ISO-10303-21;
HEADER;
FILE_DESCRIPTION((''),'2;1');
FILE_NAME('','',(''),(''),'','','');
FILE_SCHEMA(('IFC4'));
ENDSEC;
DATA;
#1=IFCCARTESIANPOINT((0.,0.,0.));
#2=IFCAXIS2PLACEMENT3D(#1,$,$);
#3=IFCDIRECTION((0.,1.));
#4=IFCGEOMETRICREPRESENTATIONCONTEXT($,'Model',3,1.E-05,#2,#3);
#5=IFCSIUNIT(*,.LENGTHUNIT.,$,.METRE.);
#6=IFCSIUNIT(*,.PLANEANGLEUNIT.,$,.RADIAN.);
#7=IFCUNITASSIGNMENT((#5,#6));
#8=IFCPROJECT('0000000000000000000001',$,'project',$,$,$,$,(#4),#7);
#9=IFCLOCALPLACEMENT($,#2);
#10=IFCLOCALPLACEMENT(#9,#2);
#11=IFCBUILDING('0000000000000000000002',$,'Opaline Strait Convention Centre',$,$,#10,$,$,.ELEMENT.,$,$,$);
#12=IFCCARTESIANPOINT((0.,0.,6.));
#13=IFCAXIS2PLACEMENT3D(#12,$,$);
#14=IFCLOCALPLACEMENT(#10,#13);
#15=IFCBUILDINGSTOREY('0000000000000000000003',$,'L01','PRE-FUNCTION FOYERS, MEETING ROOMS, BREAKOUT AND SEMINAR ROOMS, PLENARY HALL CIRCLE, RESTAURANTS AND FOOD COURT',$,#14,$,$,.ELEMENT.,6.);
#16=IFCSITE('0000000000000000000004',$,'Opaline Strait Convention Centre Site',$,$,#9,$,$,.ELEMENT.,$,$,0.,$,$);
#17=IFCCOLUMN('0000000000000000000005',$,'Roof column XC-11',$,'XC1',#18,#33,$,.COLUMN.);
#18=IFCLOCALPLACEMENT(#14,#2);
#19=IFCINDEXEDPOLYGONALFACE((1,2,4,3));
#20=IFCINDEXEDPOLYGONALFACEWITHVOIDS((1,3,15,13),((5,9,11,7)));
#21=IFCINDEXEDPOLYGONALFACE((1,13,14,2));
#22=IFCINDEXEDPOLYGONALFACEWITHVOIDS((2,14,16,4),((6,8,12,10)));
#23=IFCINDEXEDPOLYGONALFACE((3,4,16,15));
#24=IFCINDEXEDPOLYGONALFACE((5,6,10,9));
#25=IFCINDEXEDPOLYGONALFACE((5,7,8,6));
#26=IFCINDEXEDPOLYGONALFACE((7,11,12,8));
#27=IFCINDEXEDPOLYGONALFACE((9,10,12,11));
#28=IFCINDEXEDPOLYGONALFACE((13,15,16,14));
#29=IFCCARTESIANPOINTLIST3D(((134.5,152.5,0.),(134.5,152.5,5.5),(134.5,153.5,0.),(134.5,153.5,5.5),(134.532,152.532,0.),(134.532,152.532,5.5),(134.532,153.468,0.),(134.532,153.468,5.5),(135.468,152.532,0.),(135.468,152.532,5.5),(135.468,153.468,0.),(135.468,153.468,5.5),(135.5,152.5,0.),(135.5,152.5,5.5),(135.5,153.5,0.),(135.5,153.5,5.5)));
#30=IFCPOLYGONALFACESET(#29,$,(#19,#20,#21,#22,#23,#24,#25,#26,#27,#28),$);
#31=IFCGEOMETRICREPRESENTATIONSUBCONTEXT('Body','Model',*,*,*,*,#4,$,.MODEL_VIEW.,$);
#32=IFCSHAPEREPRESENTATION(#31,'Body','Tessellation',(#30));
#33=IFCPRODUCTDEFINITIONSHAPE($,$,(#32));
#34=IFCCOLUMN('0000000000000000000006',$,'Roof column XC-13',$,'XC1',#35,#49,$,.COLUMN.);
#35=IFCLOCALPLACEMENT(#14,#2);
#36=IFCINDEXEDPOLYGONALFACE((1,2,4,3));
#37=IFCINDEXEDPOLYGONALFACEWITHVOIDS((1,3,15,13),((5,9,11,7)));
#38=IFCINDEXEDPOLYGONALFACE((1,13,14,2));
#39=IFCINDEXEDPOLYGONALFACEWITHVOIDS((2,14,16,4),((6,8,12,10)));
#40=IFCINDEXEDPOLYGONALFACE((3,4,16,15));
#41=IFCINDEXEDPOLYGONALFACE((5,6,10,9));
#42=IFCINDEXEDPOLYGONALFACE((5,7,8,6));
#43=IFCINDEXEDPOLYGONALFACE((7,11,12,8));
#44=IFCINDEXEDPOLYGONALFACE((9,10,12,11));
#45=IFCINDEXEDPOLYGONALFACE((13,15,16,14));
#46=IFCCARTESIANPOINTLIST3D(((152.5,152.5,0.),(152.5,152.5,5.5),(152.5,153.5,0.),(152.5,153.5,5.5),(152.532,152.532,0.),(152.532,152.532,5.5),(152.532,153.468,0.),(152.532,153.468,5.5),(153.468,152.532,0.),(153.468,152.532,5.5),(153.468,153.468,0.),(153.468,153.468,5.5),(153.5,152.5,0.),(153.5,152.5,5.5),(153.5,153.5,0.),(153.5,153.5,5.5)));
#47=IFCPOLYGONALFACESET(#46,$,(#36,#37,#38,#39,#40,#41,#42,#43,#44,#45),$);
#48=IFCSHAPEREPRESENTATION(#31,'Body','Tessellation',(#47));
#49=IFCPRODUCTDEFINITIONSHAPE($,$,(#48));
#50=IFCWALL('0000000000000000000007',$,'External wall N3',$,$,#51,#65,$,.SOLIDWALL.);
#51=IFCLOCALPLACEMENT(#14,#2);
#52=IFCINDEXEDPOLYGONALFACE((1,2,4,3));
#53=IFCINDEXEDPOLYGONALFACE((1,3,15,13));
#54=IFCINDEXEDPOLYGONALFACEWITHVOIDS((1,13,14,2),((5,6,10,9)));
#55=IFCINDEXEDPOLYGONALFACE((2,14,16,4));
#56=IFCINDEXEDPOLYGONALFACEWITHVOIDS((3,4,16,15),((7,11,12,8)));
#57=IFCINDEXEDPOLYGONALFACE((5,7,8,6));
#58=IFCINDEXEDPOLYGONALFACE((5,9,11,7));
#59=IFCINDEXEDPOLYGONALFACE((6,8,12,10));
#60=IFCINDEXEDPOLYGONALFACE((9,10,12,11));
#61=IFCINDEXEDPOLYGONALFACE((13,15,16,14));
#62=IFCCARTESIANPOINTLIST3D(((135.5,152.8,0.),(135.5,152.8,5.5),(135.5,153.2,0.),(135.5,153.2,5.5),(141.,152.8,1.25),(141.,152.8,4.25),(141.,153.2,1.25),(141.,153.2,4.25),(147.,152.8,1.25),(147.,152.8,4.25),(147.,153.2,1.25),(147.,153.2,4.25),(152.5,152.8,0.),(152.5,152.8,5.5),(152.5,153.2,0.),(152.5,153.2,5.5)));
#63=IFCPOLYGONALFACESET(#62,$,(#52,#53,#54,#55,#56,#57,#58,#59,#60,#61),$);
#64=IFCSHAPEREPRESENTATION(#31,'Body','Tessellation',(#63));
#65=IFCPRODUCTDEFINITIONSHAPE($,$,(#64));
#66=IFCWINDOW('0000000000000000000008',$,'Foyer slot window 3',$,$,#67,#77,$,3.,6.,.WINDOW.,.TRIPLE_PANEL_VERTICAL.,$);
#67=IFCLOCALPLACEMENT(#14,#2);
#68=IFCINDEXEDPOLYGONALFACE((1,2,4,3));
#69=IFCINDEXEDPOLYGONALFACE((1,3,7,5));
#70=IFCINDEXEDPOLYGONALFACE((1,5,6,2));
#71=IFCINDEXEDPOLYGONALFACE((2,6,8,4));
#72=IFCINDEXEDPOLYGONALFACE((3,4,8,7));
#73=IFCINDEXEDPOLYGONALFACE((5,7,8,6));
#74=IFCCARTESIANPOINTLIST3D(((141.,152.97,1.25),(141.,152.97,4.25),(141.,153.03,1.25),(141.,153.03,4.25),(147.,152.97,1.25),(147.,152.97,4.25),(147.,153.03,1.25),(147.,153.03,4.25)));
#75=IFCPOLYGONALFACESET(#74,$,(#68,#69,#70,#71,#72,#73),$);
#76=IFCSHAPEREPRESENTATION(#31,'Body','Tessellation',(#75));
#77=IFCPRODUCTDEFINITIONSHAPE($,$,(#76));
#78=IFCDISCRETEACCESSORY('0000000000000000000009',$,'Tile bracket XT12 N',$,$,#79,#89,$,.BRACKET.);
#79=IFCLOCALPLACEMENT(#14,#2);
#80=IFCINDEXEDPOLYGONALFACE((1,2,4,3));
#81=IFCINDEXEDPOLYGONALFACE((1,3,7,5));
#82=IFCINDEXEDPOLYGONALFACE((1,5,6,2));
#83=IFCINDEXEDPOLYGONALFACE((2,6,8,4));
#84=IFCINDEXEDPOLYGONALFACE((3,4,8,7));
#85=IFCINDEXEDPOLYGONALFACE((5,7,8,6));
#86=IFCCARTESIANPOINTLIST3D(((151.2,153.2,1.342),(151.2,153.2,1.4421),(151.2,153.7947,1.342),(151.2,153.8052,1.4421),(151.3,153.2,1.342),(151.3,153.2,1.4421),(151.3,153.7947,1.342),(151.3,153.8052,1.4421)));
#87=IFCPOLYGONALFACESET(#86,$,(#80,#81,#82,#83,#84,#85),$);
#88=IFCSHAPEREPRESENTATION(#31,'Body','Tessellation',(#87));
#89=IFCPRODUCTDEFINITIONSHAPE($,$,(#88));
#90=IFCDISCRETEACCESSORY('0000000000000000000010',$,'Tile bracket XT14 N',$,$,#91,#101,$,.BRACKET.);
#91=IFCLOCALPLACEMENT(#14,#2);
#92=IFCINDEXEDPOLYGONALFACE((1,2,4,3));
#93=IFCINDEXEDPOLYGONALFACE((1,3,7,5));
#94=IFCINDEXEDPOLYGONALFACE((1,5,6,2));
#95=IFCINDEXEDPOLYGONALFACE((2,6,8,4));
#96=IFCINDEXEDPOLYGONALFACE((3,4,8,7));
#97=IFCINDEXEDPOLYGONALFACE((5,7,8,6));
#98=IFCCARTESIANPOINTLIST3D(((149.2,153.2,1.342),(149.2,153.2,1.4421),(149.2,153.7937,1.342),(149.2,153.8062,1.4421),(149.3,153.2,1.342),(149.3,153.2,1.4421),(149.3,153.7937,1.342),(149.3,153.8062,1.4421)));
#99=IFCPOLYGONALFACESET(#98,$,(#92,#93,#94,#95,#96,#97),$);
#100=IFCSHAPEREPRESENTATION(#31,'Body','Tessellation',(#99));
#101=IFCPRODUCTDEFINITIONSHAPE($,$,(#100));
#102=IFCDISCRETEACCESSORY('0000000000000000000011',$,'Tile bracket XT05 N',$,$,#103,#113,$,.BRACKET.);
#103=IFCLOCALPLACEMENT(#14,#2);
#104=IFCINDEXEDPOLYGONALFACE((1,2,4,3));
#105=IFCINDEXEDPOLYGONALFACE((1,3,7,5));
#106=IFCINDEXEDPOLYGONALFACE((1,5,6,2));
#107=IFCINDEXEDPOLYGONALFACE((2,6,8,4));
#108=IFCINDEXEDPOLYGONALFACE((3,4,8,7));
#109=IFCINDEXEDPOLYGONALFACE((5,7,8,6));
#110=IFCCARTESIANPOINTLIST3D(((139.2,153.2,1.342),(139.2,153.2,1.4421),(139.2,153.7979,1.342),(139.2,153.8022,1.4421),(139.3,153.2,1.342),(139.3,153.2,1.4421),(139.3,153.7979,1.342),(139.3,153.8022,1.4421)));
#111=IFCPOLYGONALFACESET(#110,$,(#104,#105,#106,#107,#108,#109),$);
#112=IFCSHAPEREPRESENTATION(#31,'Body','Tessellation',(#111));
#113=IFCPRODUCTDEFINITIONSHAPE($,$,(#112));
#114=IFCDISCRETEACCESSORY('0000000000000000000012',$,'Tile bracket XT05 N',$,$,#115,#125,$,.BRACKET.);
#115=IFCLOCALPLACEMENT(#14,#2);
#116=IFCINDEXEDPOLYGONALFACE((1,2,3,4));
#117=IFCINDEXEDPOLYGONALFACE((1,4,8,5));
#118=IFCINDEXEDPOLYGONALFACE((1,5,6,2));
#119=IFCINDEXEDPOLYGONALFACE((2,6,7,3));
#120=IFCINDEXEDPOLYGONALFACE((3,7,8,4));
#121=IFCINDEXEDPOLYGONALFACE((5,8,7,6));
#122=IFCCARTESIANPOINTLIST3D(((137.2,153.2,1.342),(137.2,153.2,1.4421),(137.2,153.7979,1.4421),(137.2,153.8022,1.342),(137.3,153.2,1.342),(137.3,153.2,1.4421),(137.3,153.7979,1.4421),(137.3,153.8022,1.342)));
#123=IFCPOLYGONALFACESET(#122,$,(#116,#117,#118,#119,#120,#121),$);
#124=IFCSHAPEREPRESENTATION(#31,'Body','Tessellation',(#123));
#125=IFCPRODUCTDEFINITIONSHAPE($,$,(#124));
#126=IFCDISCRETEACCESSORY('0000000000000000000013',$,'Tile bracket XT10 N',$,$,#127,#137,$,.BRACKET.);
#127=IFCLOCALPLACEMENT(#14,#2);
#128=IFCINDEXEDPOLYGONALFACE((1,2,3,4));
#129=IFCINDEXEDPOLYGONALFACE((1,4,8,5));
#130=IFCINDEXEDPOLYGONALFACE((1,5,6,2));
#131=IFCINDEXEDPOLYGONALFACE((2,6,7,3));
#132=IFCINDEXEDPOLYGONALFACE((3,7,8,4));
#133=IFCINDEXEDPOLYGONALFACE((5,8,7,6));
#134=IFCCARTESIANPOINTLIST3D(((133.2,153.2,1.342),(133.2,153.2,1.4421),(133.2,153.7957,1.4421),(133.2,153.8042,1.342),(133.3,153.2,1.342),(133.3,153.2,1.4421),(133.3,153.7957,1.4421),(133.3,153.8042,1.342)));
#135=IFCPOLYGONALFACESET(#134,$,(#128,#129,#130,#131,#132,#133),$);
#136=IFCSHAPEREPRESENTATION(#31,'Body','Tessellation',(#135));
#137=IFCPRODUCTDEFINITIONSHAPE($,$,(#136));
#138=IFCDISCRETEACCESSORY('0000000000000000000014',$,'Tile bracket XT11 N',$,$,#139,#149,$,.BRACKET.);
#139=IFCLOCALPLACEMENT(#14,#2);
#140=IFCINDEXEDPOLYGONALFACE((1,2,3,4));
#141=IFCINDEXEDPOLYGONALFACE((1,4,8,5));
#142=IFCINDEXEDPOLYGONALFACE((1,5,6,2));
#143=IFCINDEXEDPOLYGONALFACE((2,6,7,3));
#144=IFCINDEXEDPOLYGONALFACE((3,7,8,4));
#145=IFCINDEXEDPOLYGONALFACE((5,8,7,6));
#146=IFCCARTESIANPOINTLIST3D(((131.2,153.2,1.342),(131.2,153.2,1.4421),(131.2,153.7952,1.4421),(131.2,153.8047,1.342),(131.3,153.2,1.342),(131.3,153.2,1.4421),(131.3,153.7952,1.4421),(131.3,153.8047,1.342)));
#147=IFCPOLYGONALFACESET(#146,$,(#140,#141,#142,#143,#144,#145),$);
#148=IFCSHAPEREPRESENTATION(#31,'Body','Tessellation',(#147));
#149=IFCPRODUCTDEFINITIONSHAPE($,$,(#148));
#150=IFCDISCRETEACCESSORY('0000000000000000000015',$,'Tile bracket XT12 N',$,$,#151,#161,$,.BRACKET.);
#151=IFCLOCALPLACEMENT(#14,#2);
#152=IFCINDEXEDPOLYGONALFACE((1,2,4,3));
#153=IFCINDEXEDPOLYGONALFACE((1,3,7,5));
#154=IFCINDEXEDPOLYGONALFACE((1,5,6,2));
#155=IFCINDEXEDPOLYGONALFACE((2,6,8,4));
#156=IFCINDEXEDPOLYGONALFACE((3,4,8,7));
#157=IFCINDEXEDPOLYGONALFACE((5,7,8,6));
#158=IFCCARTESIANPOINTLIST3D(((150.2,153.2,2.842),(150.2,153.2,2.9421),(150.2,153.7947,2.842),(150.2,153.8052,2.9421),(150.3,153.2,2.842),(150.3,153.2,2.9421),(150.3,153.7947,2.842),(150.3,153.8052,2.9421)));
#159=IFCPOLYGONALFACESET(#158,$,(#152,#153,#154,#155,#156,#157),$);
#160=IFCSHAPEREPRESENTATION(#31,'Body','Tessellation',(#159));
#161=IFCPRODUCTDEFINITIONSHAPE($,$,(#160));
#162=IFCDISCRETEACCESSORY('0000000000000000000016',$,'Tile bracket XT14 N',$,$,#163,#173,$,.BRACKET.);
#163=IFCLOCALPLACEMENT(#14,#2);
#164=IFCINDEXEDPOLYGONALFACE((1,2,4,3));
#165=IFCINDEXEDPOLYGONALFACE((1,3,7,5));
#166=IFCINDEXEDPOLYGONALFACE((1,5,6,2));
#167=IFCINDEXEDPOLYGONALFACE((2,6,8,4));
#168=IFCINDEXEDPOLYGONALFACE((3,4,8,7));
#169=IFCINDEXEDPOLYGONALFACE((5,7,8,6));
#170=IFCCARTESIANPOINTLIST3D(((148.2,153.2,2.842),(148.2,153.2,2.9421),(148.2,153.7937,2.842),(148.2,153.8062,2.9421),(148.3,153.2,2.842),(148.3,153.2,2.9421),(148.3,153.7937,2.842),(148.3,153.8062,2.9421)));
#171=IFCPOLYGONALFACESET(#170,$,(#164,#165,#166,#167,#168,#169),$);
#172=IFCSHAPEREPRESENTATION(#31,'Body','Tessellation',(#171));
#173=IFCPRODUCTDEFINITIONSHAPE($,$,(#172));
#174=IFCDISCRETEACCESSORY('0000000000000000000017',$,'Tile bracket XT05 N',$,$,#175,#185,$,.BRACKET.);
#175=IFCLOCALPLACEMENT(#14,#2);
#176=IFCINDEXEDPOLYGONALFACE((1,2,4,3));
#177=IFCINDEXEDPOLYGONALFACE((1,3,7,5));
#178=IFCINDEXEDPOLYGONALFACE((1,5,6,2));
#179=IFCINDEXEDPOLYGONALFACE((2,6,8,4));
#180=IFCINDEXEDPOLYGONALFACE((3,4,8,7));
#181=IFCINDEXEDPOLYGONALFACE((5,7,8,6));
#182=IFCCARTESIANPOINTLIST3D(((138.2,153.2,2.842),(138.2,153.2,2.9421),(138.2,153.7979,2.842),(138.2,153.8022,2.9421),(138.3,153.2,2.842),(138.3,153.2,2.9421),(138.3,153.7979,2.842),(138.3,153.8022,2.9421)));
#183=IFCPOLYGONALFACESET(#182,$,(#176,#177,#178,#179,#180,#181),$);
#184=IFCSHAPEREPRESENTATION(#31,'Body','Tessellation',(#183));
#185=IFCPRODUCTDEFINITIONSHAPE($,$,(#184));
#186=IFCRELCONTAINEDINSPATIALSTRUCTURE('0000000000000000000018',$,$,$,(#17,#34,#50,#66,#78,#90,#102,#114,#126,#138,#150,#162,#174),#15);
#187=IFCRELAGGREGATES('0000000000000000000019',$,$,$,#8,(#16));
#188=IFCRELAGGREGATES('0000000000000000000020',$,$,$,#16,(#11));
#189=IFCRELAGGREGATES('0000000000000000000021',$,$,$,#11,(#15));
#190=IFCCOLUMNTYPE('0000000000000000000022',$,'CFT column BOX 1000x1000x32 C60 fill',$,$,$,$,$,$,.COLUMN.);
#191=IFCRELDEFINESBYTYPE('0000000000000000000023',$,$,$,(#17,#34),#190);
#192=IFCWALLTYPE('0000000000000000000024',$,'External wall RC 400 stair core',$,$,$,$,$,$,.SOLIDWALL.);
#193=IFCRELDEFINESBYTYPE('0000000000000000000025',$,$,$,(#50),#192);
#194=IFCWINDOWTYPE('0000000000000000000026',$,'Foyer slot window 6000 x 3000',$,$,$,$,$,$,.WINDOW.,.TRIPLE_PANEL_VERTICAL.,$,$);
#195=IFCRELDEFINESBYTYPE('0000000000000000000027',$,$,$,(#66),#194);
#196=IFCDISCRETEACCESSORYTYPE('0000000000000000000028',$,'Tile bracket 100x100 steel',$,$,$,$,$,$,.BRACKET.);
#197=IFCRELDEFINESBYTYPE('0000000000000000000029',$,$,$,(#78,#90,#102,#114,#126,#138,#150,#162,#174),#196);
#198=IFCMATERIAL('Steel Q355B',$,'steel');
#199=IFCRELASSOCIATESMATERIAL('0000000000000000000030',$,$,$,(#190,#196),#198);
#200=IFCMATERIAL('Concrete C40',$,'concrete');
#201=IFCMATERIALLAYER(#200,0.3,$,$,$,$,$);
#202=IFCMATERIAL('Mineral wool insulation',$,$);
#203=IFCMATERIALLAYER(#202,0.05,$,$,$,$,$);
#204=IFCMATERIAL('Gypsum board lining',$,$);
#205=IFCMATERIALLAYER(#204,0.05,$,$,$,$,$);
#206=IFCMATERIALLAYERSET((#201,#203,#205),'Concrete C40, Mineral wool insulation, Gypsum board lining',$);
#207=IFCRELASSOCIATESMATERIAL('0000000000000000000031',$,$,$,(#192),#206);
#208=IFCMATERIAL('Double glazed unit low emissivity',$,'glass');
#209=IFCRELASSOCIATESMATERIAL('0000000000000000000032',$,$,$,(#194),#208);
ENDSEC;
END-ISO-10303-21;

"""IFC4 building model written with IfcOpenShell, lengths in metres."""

from ifc_helpers import new_model, si_unit, direction, frame, frame_2d, origin, origin_2d, place, context, subcontext, project, spatial, polyline, rectangle, hollow_rectangle, outline, extrude, material, layer, layer_set, material_profile, profile_set, type_object, element, fill, save


model = new_model("IFC4")

# Units and contexts
model_context = context("Model", 3, precision=1e-05, world=origin(), true_north=direction((0.0, 1.0)))
body_context = subcontext(model_context, "Body", "Model", "MODEL_VIEW")
ifc_project = project(units=[si_unit("LENGTHUNIT", "METRE"), si_unit("PLANEANGLEUNIT", "RADIAN")], contexts=[model_context])

# Site, building, storey
site_placement = place(None, origin())
site = spatial("IfcSite", under=ifc_project, at=site_placement, Name="Opaline Strait Convention Centre Site", CompositionType="ELEMENT", RefElevation=0.0)
building_placement = place(site_placement, origin())
building = spatial("IfcBuilding", under=site, at=building_placement, Name="Opaline Strait Convention Centre", CompositionType="ELEMENT")
storey_placement = place(building_placement, frame((0.0, 0.0, 6.0)))
storey = spatial("IfcBuildingStorey", under=building, at=storey_placement, Name="L01", Description="PRE-FUNCTION FOYERS, MEETING ROOMS, BREAKOUT AND SEMINAR ROOMS, PLENARY HALL CIRCLE, RESTAURANTS AND FOOD COURT", CompositionType="ELEMENT", Elevation=6.0)

# Columns
ifc_material_1 = material(Name="Steel Q355B", Category="steel")
ifc_material_profile = material_profile(ifc_material_1, hollow_rectangle(XDim=1.0, YDim=1.0, WallThickness=0.032, at=origin_2d()), Name="BOX 1000x1000x32")
ifc_profile_set = profile_set([ifc_material_profile], Name="Steel Q355B")
column_type = type_object("IfcColumnType", Name="CFT column BOX 1000x1000x32 C60 fill", PredefinedType="COLUMN", material=ifc_profile_set)
for number, where, z_axis, x_axis, name in (
    (1, (135.0, 153.0, 0.0), (0.0, 0.0, 1.0), (1.0, 0.0, 0.0), "Roof column XC-11"),
    (2, (153.0, 153.0, 0.0), (0.0, 0.0, 1.0), (1.0, 0.0, 0.0), "Roof column XC-13"),
):
    element("IfcColumn", number, at=place(storey_placement, frame(where, z_axis=z_axis, x_axis=x_axis)), inside=storey, type_object=column_type, Name=name, ObjectType="XC1", PredefinedType="COLUMN", context=body_context, shape_type="SweptSolid", body=[
        extrude(hollow_rectangle(XDim=1.0, YDim=1.0, WallThickness=0.032, at=origin_2d()), origin(), (0.0, 0.0, 1.0), 5.5),
    ])

# Wall, opening, window
ifc_material_2 = material(Name="Concrete C40", Category="concrete")
ifc_layer_1 = layer(ifc_material_2, 0.3)
ifc_material_3 = material(Name="Mineral wool insulation")
ifc_layer_2 = layer(ifc_material_3, 0.05)
ifc_material_4 = material(Name="Gypsum board lining")
ifc_layer_3 = layer(ifc_material_4, 0.05)
ifc_layer_set = layer_set([ifc_layer_1, ifc_layer_2, ifc_layer_3], Name="Concrete C40, Mineral wool insulation, Gypsum board lining")
wall_type = type_object("IfcWallType", Name="External wall RC 400 stair core", PredefinedType="SOLIDWALL", material=ifc_layer_set)
wall_placement = place(storey_placement, frame((135.5, 153.0, 0.0), z_axis=(0.0, 0.0, 1.0), x_axis=(1.0, 0.0, 0.0)))
wall = element("IfcWall", 3, at=wall_placement, inside=storey, type_object=wall_type, Name="External wall N3", PredefinedType="SOLIDWALL", context=body_context, shape_type="SweptSolid", body=[
    extrude(rectangle(XDim=17.0, YDim=0.3999, at=frame_2d((8.5, 0.0))), origin(), (0.0, 0.0, 1.0), 5.5),
])
opening_placement = place(wall_placement, frame((5.5, 0.0, 1.25)))
opening = element("IfcOpeningElement", 4, at=opening_placement, cuts=wall, PredefinedType="OPENING", context=body_context, shape_type="SweptSolid", body=[
    extrude(rectangle(XDim=6.0, YDim=3.0, at=frame_2d((3.0, 1.5))), frame((0.0, 0.21, 0.0), z_axis=(0.0, -1.0, 0.0), x_axis=(1.0, 0.0, 0.0)), (0.0, 0.0, 1.0), 0.4199),
])
ifc_material_5 = material(Name="Double glazed unit low emissivity", Category="glass")
window_type = type_object("IfcWindowType", Name="Foyer slot window 6000 x 3000", PartitioningType="TRIPLE_PANEL_VERTICAL", PredefinedType="WINDOW", material=ifc_material_5)
window_placement = place(opening_placement, origin())
window = element("IfcWindow", 5, at=window_placement, inside=storey, type_object=window_type, Name="Foyer slot window 3", OverallHeight=3.0, OverallWidth=6.0, PartitioningType="TRIPLE_PANEL_VERTICAL", PredefinedType="WINDOW", context=body_context, shape_type="SweptSolid", body=[
    extrude(rectangle(XDim=6.0, YDim=3.0, at=frame_2d((3.0, 1.5))), frame((0.0, 0.03, 0.0), z_axis=(0.0, -1.0, 0.0), x_axis=(1.0, 0.0, 0.0)), (0.0, 0.0, 1.0), 0.0601),
])
fill(opening, window)

# Discrete accessories
discrete_accessory_type = type_object("IfcDiscreteAccessoryType", Name="Tile bracket 100x100 steel", PredefinedType="BRACKET", material=ifc_material_1)
discrete_accessory_1_placement = place(storey_placement, frame((151.3, 153.2, 1.3921), z_axis=(-1.0, 0.0, 0.0), x_axis=(0.0, -1.0, 0.0)))
element("IfcDiscreteAccessory", 6, at=discrete_accessory_1_placement, inside=storey, type_object=discrete_accessory_type, Name="Tile bracket XT12 N", PredefinedType="BRACKET", context=body_context, shape_type="SweptSolid", body=[
    extrude(outline(polyline([(0.0, -0.05), (0.0, 0.05), (-0.6052, 0.05), (-0.5947, -0.05), (0.0, -0.05)])), origin(), (0.0, 0.0, 1.0), 0.1001),
])
discrete_accessory_2_placement = place(storey_placement, frame((149.3, 153.2, 1.3921), z_axis=(-1.0, 0.0, 0.0), x_axis=(0.0, -1.0, 0.0)))
element("IfcDiscreteAccessory", 7, at=discrete_accessory_2_placement, inside=storey, type_object=discrete_accessory_type, Name="Tile bracket XT14 N", PredefinedType="BRACKET", context=body_context, shape_type="SweptSolid", body=[
    extrude(outline(polyline([(0.0, -0.05), (0.0, 0.05), (-0.6062, 0.05), (-0.5938, -0.05), (0.0, -0.05)])), origin(), (0.0, 0.0, 1.0), 0.1001),
])
discrete_accessory_3_placement = place(storey_placement, frame((139.3, 153.2, 1.3921), z_axis=(-1.0, 0.0, 0.0), x_axis=(0.0, -1.0, 0.0)))
element("IfcDiscreteAccessory", 8, at=discrete_accessory_3_placement, inside=storey, type_object=discrete_accessory_type, Name="Tile bracket XT05 N", PredefinedType="BRACKET", context=body_context, shape_type="SweptSolid", body=[
    extrude(outline(polyline([(0.0, -0.05), (0.0, 0.05), (-0.6023, 0.05), (-0.5979, -0.05), (0.0, -0.05)])), origin(), (0.0, 0.0, 1.0), 0.1001),
])
discrete_accessory_4_placement = place(storey_placement, frame((137.3, 153.2, 1.3921), z_axis=(-1.0, 0.0, 0.0), x_axis=(0.0, -1.0, 0.0)))
element("IfcDiscreteAccessory", 9, at=discrete_accessory_4_placement, inside=storey, type_object=discrete_accessory_type, Name="Tile bracket XT05 N", PredefinedType="BRACKET", context=body_context, shape_type="SweptSolid", body=[
    extrude(outline(polyline([(0.0, -0.05), (0.0, 0.05), (-0.5979, 0.05), (-0.6023, -0.05), (0.0, -0.05)])), origin(), (0.0, 0.0, 1.0), 0.1001),
])
discrete_accessory_5_placement = place(storey_placement, frame((133.3, 153.2, 1.3921), z_axis=(-1.0, 0.0, 0.0), x_axis=(0.0, -1.0, 0.0)))
element("IfcDiscreteAccessory", 10, at=discrete_accessory_5_placement, inside=storey, type_object=discrete_accessory_type, Name="Tile bracket XT10 N", PredefinedType="BRACKET", context=body_context, shape_type="SweptSolid", body=[
    extrude(outline(polyline([(0.0, -0.05), (0.0, 0.05), (-0.5957, 0.05), (-0.6042, -0.05), (0.0, -0.05)])), origin(), (0.0, 0.0, 1.0), 0.1001),
])
discrete_accessory_6_placement = place(storey_placement, frame((131.3, 153.2, 1.3921), z_axis=(-1.0, 0.0, 0.0), x_axis=(0.0, -1.0, 0.0)))
element("IfcDiscreteAccessory", 11, at=discrete_accessory_6_placement, inside=storey, type_object=discrete_accessory_type, Name="Tile bracket XT11 N", PredefinedType="BRACKET", context=body_context, shape_type="SweptSolid", body=[
    extrude(outline(polyline([(0.0, -0.05), (0.0, 0.05), (-0.5952, 0.05), (-0.6047, -0.05), (0.0, -0.05)])), origin(), (0.0, 0.0, 1.0), 0.1001),
])
discrete_accessory_7_placement = place(storey_placement, frame((150.3, 153.2, 2.8921), z_axis=(-1.0, 0.0, 0.0), x_axis=(0.0, -1.0, 0.0)))
element("IfcDiscreteAccessory", 12, at=discrete_accessory_7_placement, inside=storey, type_object=discrete_accessory_type, Name="Tile bracket XT12 N", PredefinedType="BRACKET", context=body_context, shape_type="SweptSolid", body=[
    extrude(outline(polyline([(0.0, -0.05), (0.0, 0.05), (-0.6052, 0.05), (-0.5947, -0.05), (0.0, -0.05)])), origin(), (0.0, 0.0, 1.0), 0.1001),
])
discrete_accessory_8_placement = place(storey_placement, frame((148.3, 153.2, 2.8921), z_axis=(-1.0, 0.0, 0.0), x_axis=(0.0, -1.0, 0.0)))
element("IfcDiscreteAccessory", 13, at=discrete_accessory_8_placement, inside=storey, type_object=discrete_accessory_type, Name="Tile bracket XT14 N", PredefinedType="BRACKET", context=body_context, shape_type="SweptSolid", body=[
    extrude(outline(polyline([(0.0, -0.05), (0.0, 0.05), (-0.6062, 0.05), (-0.5938, -0.05), (0.0, -0.05)])), origin(), (0.0, 0.0, 1.0), 0.1001),
])
discrete_accessory_9_placement = place(storey_placement, frame((138.3, 153.2, 2.8921), z_axis=(-1.0, 0.0, 0.0), x_axis=(0.0, -1.0, 0.0)))
element("IfcDiscreteAccessory", 14, at=discrete_accessory_9_placement, inside=storey, type_object=discrete_accessory_type, Name="Tile bracket XT05 N", PredefinedType="BRACKET", context=body_context, shape_type="SweptSolid", body=[
    extrude(outline(polyline([(0.0, -0.05), (0.0, 0.05), (-0.6023, 0.05), (-0.5979, -0.05), (0.0, -0.05)])), origin(), (0.0, 0.0, 1.0), 0.1001),
])

save(model, "model.ifc")
